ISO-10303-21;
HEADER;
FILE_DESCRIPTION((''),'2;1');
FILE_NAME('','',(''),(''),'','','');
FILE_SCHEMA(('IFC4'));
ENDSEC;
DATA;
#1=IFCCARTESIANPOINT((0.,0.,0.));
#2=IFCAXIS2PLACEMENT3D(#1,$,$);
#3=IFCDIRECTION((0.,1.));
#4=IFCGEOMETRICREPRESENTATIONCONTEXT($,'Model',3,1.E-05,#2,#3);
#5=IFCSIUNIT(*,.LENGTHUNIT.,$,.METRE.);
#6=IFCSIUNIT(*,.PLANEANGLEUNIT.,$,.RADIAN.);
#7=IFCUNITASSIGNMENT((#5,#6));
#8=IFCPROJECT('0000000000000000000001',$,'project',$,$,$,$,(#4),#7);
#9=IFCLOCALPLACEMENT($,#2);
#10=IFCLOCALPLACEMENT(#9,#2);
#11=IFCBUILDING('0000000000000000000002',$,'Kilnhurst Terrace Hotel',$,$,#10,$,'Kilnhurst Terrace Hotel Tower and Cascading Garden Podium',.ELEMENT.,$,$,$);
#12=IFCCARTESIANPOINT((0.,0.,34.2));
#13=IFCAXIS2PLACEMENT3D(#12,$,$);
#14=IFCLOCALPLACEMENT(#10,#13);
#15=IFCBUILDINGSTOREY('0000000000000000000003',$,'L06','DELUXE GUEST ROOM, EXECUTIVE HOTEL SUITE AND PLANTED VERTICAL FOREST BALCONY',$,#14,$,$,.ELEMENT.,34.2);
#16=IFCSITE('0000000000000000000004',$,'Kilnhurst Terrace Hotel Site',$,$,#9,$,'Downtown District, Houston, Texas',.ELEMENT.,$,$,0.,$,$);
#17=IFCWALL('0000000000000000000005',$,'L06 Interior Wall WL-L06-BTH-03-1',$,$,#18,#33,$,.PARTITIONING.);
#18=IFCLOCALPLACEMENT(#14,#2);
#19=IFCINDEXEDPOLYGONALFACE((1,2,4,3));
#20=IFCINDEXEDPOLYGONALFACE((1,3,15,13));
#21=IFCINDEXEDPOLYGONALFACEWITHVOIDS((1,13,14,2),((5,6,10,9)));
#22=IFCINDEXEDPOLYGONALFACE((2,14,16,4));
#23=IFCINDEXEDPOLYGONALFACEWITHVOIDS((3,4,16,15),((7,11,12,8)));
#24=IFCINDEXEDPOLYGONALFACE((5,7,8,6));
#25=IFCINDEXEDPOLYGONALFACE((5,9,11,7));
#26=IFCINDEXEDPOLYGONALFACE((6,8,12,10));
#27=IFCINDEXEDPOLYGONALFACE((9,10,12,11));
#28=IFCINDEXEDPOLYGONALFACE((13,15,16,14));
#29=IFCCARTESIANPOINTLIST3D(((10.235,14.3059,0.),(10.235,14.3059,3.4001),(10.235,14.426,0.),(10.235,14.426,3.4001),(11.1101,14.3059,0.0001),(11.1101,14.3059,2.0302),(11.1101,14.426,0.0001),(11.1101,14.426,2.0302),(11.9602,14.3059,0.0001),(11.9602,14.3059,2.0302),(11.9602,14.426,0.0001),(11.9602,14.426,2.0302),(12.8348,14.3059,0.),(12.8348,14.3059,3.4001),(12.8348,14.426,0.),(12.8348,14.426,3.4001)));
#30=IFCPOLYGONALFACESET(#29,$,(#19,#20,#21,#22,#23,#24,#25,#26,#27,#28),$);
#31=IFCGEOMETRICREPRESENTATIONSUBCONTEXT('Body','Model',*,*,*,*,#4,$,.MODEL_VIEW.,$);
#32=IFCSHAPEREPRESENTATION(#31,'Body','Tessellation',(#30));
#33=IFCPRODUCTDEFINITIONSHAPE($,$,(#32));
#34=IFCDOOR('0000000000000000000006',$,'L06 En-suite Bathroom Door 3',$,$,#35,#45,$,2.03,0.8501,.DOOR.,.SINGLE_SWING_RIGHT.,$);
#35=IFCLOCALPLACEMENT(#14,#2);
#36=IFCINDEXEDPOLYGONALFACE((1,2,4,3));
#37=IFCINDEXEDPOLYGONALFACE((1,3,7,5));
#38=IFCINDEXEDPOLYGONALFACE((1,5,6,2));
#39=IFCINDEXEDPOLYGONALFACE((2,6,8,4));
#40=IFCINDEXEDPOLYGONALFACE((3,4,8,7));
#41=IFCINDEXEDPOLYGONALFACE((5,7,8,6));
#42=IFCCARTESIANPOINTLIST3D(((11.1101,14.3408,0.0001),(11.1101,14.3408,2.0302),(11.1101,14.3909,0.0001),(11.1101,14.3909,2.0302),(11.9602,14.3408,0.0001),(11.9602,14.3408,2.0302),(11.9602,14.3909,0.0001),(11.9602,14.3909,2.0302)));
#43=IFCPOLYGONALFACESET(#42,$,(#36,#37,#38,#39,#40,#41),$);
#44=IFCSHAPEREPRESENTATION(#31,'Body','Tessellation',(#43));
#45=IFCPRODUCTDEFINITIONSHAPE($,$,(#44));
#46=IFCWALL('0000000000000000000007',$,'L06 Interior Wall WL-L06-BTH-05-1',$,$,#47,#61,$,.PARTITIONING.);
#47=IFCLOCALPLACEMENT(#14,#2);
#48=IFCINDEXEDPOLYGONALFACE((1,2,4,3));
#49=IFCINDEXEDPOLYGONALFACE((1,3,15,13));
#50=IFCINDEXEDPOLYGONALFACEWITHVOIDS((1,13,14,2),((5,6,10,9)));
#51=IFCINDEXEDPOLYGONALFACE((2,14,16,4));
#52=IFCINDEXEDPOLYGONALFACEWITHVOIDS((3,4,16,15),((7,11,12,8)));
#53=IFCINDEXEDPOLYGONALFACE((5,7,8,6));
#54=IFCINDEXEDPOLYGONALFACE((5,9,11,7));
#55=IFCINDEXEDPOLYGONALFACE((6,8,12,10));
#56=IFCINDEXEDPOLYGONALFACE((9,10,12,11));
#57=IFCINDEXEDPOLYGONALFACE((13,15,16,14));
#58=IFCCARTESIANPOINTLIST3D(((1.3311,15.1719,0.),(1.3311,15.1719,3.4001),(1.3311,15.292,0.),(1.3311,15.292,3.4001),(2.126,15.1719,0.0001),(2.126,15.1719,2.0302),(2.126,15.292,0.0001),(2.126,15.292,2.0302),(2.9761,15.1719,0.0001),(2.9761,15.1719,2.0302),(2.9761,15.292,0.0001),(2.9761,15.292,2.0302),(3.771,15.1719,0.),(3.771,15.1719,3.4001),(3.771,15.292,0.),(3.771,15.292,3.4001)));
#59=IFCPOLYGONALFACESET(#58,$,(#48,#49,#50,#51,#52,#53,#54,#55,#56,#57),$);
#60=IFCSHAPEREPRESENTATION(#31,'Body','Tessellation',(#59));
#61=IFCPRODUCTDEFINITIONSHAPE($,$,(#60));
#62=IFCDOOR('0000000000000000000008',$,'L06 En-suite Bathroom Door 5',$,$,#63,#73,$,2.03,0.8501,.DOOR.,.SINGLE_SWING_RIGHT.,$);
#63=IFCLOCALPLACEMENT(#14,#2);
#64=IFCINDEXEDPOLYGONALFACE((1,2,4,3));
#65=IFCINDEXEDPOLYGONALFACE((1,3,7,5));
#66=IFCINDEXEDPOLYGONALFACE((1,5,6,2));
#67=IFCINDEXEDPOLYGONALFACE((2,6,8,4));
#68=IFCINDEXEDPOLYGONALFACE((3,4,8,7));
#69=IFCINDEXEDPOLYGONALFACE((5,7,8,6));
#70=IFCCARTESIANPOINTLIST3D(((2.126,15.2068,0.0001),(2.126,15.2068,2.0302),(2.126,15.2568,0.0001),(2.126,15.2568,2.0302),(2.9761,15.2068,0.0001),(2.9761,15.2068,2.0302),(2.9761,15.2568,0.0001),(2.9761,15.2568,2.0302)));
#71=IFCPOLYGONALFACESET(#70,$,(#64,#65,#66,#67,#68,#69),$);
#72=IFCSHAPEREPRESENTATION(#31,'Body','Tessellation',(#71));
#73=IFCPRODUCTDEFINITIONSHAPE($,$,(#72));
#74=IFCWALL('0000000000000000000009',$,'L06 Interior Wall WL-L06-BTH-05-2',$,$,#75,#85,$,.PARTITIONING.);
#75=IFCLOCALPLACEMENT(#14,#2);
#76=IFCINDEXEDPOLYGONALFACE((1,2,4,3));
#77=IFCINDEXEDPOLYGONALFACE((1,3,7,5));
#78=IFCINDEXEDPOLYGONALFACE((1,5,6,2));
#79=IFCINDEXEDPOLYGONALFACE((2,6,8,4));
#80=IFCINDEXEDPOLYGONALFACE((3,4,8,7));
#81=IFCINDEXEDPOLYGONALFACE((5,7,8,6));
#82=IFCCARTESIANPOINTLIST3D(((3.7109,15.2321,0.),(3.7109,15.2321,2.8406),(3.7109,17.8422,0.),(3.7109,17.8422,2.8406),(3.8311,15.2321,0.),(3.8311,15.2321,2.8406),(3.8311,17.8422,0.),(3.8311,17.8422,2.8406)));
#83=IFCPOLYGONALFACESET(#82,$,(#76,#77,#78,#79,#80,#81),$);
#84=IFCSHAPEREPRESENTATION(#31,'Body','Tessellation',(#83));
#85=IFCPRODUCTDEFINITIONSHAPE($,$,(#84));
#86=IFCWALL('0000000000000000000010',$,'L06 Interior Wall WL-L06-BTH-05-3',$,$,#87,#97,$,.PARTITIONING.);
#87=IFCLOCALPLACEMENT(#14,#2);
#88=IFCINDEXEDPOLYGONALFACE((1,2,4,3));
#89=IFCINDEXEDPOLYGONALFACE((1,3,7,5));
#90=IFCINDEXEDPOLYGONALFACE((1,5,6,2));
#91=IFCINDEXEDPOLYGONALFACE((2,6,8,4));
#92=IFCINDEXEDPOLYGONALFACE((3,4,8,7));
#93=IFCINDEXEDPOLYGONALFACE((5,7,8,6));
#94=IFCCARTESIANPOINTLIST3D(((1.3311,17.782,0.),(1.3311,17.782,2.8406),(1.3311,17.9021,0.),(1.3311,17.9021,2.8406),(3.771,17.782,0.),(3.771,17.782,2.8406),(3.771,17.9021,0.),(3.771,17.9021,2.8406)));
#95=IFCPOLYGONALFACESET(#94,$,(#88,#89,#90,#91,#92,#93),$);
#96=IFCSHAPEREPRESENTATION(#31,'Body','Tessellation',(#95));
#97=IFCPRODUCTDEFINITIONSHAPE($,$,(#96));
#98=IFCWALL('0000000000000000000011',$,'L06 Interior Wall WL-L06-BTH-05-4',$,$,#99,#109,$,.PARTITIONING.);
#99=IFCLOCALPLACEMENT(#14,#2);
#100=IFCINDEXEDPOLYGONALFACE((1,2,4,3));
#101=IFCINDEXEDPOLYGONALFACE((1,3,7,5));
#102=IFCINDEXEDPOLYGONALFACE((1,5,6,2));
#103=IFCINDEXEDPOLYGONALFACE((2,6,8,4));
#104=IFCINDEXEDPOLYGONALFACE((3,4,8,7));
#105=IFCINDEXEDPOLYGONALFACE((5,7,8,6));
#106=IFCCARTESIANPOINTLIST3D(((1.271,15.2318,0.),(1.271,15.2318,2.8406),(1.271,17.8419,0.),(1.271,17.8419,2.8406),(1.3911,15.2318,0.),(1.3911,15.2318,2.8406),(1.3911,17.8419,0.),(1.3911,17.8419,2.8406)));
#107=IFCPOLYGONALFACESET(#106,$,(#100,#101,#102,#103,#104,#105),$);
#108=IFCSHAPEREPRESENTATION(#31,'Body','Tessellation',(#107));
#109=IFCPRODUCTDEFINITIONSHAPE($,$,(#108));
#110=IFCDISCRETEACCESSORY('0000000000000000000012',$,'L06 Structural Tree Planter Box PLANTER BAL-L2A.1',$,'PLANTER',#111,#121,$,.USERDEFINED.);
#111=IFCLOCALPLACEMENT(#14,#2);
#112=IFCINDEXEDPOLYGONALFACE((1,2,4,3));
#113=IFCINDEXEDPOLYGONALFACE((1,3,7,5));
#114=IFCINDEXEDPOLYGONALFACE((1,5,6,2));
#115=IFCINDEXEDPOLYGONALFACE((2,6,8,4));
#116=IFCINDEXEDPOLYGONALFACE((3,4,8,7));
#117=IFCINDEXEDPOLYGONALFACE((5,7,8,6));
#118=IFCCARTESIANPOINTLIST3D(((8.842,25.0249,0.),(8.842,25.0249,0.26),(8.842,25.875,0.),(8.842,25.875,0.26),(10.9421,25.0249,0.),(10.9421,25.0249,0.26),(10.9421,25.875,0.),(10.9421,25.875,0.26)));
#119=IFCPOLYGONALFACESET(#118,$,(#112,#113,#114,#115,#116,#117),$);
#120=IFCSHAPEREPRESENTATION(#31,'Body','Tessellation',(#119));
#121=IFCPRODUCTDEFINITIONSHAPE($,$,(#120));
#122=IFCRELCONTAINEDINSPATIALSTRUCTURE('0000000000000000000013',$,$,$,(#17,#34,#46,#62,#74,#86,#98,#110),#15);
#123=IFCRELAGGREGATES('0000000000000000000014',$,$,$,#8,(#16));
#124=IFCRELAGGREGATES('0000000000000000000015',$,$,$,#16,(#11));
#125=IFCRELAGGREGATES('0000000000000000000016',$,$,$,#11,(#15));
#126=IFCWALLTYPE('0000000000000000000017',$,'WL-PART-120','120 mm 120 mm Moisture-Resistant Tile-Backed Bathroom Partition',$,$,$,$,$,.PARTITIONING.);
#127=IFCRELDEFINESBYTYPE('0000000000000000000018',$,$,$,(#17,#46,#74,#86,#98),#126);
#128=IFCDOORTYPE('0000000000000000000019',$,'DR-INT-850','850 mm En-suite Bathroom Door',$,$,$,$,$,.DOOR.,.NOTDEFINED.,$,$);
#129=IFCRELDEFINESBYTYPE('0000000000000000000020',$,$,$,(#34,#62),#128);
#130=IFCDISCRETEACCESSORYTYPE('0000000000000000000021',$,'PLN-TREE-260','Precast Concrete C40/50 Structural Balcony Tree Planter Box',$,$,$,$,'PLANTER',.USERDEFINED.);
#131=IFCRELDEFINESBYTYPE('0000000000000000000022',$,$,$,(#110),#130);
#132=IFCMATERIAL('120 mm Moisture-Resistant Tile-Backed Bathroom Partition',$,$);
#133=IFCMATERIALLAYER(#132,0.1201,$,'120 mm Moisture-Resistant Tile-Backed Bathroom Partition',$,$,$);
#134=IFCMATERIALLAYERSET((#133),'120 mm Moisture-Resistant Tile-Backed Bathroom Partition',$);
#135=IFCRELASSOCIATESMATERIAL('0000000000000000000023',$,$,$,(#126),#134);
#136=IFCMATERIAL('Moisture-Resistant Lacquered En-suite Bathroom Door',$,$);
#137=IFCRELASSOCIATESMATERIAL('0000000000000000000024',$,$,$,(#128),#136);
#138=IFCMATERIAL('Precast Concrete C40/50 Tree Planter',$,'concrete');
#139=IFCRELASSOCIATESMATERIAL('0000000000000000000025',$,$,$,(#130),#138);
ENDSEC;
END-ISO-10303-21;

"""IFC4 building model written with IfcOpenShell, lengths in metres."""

from ifc_helpers import new_model, si_unit, direction, frame, frame_2d, origin, origin_2d, place, context, subcontext, project, spatial, rectangle, extrude, material, layer, layer_set, type_object, element, fill, save


model = new_model("IFC4")

# Units and contexts
model_context = context("Model", 3, precision=1e-05, world=origin(), true_north=direction((0.0, 1.0)))
body_context = subcontext(model_context, "Body", "Model", "MODEL_VIEW")
ifc_project = project(units=[si_unit("LENGTHUNIT", "METRE"), si_unit("PLANEANGLEUNIT", "RADIAN")], contexts=[model_context])

# Site, building, storey
site_placement = place(None, origin())
site = spatial("IfcSite", under=ifc_project, at=site_placement, Name="Kilnhurst Terrace Hotel Site", LongName="Downtown District, Houston, Texas", CompositionType="ELEMENT", RefElevation=0.0)
building_placement = place(site_placement, origin())
building = spatial("IfcBuilding", under=site, at=building_placement, Name="Kilnhurst Terrace Hotel", LongName="Kilnhurst Terrace Hotel Tower and Cascading Garden Podium", CompositionType="ELEMENT")
storey_placement = place(building_placement, frame((0.0, 0.0, 34.2)))
storey = spatial("IfcBuildingStorey", under=building, at=storey_placement, Name="L06", Description="DELUXE GUEST ROOM, EXECUTIVE HOTEL SUITE AND PLANTED VERTICAL FOREST BALCONY", CompositionType="ELEMENT", Elevation=34.2)

# Walls, openings, doors
ifc_material_1 = material(Name="120 mm Moisture-Resistant Tile-Backed Bathroom Partition")
ifc_layer_1 = layer(ifc_material_1, 0.1201, Name="120 mm Moisture-Resistant Tile-Backed Bathroom Partition")
ifc_layer_set_1 = layer_set([ifc_layer_1], Name="120 mm Moisture-Resistant Tile-Backed Bathroom Partition")
wall_type_1 = type_object("IfcWallType", Name="WL-PART-120", Description="120 mm 120 mm Moisture-Resistant Tile-Backed Bathroom Partition", PredefinedType="PARTITIONING", material=ifc_layer_set_1)
wall_1_placement = place(storey_placement, frame((10.2351, 14.366, 0.0), z_axis=(0.0, 0.0, 1.0), x_axis=(1.0, 0.0, 0.0)))
wall_1 = element("IfcWall", 1, at=wall_1_placement, inside=storey, type_object=wall_type_1, Name="L06 Interior Wall WL-L06-BTH-03-1", PredefinedType="PARTITIONING", context=body_context, shape_type="SweptSolid", body=[
    extrude(rectangle(XDim=2.5999, YDim=0.1201, at=frame_2d((1.2998, 0.0))), origin(), (0.0, 0.0, 1.0), 3.4001),
])
opening_1_placement = place(wall_1_placement, frame((0.875, 0.0, 0.0)))
opening_1 = element("IfcOpeningElement", 2, at=opening_1_placement, cuts=wall_1, PredefinedType="OPENING", context=body_context, shape_type="SweptSolid", body=[
    extrude(rectangle(XDim=0.8501, YDim=2.03, at=frame_2d((0.425, 1.0151))), frame((0.0, 0.0701, 0.0), z_axis=(0.0, -1.0, 0.0), x_axis=(1.0, 0.0, 0.0)), (0.0, 0.0, 1.0), 0.1401),
])
ifc_material_2 = material(Name="Moisture-Resistant Lacquered En-suite Bathroom Door")
door_type = type_object("IfcDoorType", Name="DR-INT-850", Description="850 mm En-suite Bathroom Door", OperationType="NOTDEFINED", PredefinedType="DOOR", material=ifc_material_2)
door_1_placement = place(opening_1_placement, origin())
door_1 = element("IfcDoor", 3, at=door_1_placement, inside=storey, type_object=door_type, Name="L06 En-suite Bathroom Door 3", OperationType="SINGLE_SWING_RIGHT", OverallHeight=2.03, OverallWidth=0.8501, PredefinedType="DOOR", context=body_context, shape_type="SweptSolid", body=[
    extrude(rectangle(XDim=0.8501, YDim=2.03, at=frame_2d((0.425, 1.0151))), frame((0.0, 0.0249, 0.0), z_axis=(0.0, -1.0, 0.0), x_axis=(1.0, 0.0, 0.0)), (0.0, 0.0, 1.0), 0.05),
])
fill(opening_1, door_1)
wall_2_placement = place(storey_placement, frame((1.3311, 15.2319, 0.0), z_axis=(0.0, 0.0, 1.0), x_axis=(1.0, 0.0, 0.0)))
wall_2 = element("IfcWall", 4, at=wall_2_placement, inside=storey, type_object=wall_type_1, Name="L06 Interior Wall WL-L06-BTH-05-1", PredefinedType="PARTITIONING", context=body_context, shape_type="SweptSolid", body=[
    extrude(rectangle(XDim=2.4399, YDim=0.1201, at=frame_2d((1.22, 0.0))), origin(), (0.0, 0.0, 1.0), 3.4001),
])
opening_2_placement = place(wall_2_placement, frame((0.7949, 0.0, 0.0)))
opening_2 = element("IfcOpeningElement", 5, at=opening_2_placement, cuts=wall_2, PredefinedType="OPENING", context=body_context, shape_type="SweptSolid", body=[
    extrude(rectangle(XDim=0.8501, YDim=2.03, at=frame_2d((0.425, 1.0151))), frame((0.0, 0.0701, 0.0), z_axis=(0.0, -1.0, 0.0), x_axis=(1.0, 0.0, 0.0)), (0.0, 0.0, 1.0), 0.1401),
])
door_2_placement = place(opening_2_placement, origin())
door_2 = element("IfcDoor", 6, at=door_2_placement, inside=storey, type_object=door_type, Name="L06 En-suite Bathroom Door 5", OperationType="SINGLE_SWING_RIGHT", OverallHeight=2.03, OverallWidth=0.8501, PredefinedType="DOOR", context=body_context, shape_type="SweptSolid", body=[
    extrude(rectangle(XDim=0.8501, YDim=2.03, at=frame_2d((0.425, 1.0151))), frame((0.0, 0.0249, 0.0), z_axis=(0.0, -1.0, 0.0), x_axis=(1.0, 0.0, 0.0)), (0.0, 0.0, 1.0), 0.05),
])
fill(opening_2, door_2)

# Walls
wall_3_placement = place(storey_placement, frame((3.771, 15.2319, 0.0), z_axis=(0.0, 0.0, 1.0), x_axis=(0.0, 1.0, 0.0)))
element("IfcWall", 7, at=wall_3_placement, inside=storey, type_object=wall_type_1, Name="L06 Interior Wall WL-L06-BTH-05-2", PredefinedType="PARTITIONING", context=body_context, shape_type="SweptSolid", body=[
    extrude(rectangle(XDim=2.6101, YDim=0.1201, at=frame_2d((1.3052, 0.0))), origin(), (0.0, 0.0, 1.0), 2.8406),
])
wall_4_placement = place(storey_placement, frame((3.771, 17.842, 0.0), z_axis=(0.0, 0.0, 1.0), x_axis=(-1.0, 0.0, 0.0)))
element("IfcWall", 8, at=wall_4_placement, inside=storey, type_object=wall_type_1, Name="L06 Interior Wall WL-L06-BTH-05-3", PredefinedType="PARTITIONING", context=body_context, shape_type="SweptSolid", body=[
    extrude(rectangle(XDim=2.4399, YDim=0.1201, at=frame_2d((1.22, 0.0))), origin(), (0.0, 0.0, 1.0), 2.8406),
])
wall_5_placement = place(storey_placement, frame((1.3311, 17.842, 0.0), z_axis=(0.0, 0.0, 1.0), x_axis=(0.0, -1.0, 0.0)))
element("IfcWall", 9, at=wall_5_placement, inside=storey, type_object=wall_type_1, Name="L06 Interior Wall WL-L06-BTH-05-4", PredefinedType="PARTITIONING", context=body_context, shape_type="SweptSolid", body=[
    extrude(rectangle(XDim=2.6101, YDim=0.1201, at=frame_2d((1.3052, 0.0))), origin(), (0.0, 0.0, 1.0), 2.8406),
])

# Discrete accessory
ifc_material_3 = material(Name="Precast Concrete C40/50 Tree Planter", Category="concrete")
discrete_accessory_type = type_object("IfcDiscreteAccessoryType", Name="PLN-TREE-260", Description="Precast Concrete C40/50 Structural Balcony Tree Planter Box", ElementType="PLANTER", PredefinedType="USERDEFINED", material=ifc_material_3)
discrete_accessory_placement = place(storey_placement, frame((9.8921, 25.45, 0.0), z_axis=(0.0, 0.0, 1.0), x_axis=(-1.0, 0.0, 0.0)))
element("IfcDiscreteAccessory", 10, at=discrete_accessory_placement, inside=storey, type_object=discrete_accessory_type, Name="L06 Structural Tree Planter Box PLANTER BAL-L2A.1", ObjectType="PLANTER", PredefinedType="USERDEFINED", context=body_context, shape_type="SweptSolid", body=[
    extrude(rectangle(XDim=2.1001, YDim=0.8501, at=origin_2d()), origin(), (0.0, 0.0, 1.0), 0.26),
])

save(model, "model.ifc")
